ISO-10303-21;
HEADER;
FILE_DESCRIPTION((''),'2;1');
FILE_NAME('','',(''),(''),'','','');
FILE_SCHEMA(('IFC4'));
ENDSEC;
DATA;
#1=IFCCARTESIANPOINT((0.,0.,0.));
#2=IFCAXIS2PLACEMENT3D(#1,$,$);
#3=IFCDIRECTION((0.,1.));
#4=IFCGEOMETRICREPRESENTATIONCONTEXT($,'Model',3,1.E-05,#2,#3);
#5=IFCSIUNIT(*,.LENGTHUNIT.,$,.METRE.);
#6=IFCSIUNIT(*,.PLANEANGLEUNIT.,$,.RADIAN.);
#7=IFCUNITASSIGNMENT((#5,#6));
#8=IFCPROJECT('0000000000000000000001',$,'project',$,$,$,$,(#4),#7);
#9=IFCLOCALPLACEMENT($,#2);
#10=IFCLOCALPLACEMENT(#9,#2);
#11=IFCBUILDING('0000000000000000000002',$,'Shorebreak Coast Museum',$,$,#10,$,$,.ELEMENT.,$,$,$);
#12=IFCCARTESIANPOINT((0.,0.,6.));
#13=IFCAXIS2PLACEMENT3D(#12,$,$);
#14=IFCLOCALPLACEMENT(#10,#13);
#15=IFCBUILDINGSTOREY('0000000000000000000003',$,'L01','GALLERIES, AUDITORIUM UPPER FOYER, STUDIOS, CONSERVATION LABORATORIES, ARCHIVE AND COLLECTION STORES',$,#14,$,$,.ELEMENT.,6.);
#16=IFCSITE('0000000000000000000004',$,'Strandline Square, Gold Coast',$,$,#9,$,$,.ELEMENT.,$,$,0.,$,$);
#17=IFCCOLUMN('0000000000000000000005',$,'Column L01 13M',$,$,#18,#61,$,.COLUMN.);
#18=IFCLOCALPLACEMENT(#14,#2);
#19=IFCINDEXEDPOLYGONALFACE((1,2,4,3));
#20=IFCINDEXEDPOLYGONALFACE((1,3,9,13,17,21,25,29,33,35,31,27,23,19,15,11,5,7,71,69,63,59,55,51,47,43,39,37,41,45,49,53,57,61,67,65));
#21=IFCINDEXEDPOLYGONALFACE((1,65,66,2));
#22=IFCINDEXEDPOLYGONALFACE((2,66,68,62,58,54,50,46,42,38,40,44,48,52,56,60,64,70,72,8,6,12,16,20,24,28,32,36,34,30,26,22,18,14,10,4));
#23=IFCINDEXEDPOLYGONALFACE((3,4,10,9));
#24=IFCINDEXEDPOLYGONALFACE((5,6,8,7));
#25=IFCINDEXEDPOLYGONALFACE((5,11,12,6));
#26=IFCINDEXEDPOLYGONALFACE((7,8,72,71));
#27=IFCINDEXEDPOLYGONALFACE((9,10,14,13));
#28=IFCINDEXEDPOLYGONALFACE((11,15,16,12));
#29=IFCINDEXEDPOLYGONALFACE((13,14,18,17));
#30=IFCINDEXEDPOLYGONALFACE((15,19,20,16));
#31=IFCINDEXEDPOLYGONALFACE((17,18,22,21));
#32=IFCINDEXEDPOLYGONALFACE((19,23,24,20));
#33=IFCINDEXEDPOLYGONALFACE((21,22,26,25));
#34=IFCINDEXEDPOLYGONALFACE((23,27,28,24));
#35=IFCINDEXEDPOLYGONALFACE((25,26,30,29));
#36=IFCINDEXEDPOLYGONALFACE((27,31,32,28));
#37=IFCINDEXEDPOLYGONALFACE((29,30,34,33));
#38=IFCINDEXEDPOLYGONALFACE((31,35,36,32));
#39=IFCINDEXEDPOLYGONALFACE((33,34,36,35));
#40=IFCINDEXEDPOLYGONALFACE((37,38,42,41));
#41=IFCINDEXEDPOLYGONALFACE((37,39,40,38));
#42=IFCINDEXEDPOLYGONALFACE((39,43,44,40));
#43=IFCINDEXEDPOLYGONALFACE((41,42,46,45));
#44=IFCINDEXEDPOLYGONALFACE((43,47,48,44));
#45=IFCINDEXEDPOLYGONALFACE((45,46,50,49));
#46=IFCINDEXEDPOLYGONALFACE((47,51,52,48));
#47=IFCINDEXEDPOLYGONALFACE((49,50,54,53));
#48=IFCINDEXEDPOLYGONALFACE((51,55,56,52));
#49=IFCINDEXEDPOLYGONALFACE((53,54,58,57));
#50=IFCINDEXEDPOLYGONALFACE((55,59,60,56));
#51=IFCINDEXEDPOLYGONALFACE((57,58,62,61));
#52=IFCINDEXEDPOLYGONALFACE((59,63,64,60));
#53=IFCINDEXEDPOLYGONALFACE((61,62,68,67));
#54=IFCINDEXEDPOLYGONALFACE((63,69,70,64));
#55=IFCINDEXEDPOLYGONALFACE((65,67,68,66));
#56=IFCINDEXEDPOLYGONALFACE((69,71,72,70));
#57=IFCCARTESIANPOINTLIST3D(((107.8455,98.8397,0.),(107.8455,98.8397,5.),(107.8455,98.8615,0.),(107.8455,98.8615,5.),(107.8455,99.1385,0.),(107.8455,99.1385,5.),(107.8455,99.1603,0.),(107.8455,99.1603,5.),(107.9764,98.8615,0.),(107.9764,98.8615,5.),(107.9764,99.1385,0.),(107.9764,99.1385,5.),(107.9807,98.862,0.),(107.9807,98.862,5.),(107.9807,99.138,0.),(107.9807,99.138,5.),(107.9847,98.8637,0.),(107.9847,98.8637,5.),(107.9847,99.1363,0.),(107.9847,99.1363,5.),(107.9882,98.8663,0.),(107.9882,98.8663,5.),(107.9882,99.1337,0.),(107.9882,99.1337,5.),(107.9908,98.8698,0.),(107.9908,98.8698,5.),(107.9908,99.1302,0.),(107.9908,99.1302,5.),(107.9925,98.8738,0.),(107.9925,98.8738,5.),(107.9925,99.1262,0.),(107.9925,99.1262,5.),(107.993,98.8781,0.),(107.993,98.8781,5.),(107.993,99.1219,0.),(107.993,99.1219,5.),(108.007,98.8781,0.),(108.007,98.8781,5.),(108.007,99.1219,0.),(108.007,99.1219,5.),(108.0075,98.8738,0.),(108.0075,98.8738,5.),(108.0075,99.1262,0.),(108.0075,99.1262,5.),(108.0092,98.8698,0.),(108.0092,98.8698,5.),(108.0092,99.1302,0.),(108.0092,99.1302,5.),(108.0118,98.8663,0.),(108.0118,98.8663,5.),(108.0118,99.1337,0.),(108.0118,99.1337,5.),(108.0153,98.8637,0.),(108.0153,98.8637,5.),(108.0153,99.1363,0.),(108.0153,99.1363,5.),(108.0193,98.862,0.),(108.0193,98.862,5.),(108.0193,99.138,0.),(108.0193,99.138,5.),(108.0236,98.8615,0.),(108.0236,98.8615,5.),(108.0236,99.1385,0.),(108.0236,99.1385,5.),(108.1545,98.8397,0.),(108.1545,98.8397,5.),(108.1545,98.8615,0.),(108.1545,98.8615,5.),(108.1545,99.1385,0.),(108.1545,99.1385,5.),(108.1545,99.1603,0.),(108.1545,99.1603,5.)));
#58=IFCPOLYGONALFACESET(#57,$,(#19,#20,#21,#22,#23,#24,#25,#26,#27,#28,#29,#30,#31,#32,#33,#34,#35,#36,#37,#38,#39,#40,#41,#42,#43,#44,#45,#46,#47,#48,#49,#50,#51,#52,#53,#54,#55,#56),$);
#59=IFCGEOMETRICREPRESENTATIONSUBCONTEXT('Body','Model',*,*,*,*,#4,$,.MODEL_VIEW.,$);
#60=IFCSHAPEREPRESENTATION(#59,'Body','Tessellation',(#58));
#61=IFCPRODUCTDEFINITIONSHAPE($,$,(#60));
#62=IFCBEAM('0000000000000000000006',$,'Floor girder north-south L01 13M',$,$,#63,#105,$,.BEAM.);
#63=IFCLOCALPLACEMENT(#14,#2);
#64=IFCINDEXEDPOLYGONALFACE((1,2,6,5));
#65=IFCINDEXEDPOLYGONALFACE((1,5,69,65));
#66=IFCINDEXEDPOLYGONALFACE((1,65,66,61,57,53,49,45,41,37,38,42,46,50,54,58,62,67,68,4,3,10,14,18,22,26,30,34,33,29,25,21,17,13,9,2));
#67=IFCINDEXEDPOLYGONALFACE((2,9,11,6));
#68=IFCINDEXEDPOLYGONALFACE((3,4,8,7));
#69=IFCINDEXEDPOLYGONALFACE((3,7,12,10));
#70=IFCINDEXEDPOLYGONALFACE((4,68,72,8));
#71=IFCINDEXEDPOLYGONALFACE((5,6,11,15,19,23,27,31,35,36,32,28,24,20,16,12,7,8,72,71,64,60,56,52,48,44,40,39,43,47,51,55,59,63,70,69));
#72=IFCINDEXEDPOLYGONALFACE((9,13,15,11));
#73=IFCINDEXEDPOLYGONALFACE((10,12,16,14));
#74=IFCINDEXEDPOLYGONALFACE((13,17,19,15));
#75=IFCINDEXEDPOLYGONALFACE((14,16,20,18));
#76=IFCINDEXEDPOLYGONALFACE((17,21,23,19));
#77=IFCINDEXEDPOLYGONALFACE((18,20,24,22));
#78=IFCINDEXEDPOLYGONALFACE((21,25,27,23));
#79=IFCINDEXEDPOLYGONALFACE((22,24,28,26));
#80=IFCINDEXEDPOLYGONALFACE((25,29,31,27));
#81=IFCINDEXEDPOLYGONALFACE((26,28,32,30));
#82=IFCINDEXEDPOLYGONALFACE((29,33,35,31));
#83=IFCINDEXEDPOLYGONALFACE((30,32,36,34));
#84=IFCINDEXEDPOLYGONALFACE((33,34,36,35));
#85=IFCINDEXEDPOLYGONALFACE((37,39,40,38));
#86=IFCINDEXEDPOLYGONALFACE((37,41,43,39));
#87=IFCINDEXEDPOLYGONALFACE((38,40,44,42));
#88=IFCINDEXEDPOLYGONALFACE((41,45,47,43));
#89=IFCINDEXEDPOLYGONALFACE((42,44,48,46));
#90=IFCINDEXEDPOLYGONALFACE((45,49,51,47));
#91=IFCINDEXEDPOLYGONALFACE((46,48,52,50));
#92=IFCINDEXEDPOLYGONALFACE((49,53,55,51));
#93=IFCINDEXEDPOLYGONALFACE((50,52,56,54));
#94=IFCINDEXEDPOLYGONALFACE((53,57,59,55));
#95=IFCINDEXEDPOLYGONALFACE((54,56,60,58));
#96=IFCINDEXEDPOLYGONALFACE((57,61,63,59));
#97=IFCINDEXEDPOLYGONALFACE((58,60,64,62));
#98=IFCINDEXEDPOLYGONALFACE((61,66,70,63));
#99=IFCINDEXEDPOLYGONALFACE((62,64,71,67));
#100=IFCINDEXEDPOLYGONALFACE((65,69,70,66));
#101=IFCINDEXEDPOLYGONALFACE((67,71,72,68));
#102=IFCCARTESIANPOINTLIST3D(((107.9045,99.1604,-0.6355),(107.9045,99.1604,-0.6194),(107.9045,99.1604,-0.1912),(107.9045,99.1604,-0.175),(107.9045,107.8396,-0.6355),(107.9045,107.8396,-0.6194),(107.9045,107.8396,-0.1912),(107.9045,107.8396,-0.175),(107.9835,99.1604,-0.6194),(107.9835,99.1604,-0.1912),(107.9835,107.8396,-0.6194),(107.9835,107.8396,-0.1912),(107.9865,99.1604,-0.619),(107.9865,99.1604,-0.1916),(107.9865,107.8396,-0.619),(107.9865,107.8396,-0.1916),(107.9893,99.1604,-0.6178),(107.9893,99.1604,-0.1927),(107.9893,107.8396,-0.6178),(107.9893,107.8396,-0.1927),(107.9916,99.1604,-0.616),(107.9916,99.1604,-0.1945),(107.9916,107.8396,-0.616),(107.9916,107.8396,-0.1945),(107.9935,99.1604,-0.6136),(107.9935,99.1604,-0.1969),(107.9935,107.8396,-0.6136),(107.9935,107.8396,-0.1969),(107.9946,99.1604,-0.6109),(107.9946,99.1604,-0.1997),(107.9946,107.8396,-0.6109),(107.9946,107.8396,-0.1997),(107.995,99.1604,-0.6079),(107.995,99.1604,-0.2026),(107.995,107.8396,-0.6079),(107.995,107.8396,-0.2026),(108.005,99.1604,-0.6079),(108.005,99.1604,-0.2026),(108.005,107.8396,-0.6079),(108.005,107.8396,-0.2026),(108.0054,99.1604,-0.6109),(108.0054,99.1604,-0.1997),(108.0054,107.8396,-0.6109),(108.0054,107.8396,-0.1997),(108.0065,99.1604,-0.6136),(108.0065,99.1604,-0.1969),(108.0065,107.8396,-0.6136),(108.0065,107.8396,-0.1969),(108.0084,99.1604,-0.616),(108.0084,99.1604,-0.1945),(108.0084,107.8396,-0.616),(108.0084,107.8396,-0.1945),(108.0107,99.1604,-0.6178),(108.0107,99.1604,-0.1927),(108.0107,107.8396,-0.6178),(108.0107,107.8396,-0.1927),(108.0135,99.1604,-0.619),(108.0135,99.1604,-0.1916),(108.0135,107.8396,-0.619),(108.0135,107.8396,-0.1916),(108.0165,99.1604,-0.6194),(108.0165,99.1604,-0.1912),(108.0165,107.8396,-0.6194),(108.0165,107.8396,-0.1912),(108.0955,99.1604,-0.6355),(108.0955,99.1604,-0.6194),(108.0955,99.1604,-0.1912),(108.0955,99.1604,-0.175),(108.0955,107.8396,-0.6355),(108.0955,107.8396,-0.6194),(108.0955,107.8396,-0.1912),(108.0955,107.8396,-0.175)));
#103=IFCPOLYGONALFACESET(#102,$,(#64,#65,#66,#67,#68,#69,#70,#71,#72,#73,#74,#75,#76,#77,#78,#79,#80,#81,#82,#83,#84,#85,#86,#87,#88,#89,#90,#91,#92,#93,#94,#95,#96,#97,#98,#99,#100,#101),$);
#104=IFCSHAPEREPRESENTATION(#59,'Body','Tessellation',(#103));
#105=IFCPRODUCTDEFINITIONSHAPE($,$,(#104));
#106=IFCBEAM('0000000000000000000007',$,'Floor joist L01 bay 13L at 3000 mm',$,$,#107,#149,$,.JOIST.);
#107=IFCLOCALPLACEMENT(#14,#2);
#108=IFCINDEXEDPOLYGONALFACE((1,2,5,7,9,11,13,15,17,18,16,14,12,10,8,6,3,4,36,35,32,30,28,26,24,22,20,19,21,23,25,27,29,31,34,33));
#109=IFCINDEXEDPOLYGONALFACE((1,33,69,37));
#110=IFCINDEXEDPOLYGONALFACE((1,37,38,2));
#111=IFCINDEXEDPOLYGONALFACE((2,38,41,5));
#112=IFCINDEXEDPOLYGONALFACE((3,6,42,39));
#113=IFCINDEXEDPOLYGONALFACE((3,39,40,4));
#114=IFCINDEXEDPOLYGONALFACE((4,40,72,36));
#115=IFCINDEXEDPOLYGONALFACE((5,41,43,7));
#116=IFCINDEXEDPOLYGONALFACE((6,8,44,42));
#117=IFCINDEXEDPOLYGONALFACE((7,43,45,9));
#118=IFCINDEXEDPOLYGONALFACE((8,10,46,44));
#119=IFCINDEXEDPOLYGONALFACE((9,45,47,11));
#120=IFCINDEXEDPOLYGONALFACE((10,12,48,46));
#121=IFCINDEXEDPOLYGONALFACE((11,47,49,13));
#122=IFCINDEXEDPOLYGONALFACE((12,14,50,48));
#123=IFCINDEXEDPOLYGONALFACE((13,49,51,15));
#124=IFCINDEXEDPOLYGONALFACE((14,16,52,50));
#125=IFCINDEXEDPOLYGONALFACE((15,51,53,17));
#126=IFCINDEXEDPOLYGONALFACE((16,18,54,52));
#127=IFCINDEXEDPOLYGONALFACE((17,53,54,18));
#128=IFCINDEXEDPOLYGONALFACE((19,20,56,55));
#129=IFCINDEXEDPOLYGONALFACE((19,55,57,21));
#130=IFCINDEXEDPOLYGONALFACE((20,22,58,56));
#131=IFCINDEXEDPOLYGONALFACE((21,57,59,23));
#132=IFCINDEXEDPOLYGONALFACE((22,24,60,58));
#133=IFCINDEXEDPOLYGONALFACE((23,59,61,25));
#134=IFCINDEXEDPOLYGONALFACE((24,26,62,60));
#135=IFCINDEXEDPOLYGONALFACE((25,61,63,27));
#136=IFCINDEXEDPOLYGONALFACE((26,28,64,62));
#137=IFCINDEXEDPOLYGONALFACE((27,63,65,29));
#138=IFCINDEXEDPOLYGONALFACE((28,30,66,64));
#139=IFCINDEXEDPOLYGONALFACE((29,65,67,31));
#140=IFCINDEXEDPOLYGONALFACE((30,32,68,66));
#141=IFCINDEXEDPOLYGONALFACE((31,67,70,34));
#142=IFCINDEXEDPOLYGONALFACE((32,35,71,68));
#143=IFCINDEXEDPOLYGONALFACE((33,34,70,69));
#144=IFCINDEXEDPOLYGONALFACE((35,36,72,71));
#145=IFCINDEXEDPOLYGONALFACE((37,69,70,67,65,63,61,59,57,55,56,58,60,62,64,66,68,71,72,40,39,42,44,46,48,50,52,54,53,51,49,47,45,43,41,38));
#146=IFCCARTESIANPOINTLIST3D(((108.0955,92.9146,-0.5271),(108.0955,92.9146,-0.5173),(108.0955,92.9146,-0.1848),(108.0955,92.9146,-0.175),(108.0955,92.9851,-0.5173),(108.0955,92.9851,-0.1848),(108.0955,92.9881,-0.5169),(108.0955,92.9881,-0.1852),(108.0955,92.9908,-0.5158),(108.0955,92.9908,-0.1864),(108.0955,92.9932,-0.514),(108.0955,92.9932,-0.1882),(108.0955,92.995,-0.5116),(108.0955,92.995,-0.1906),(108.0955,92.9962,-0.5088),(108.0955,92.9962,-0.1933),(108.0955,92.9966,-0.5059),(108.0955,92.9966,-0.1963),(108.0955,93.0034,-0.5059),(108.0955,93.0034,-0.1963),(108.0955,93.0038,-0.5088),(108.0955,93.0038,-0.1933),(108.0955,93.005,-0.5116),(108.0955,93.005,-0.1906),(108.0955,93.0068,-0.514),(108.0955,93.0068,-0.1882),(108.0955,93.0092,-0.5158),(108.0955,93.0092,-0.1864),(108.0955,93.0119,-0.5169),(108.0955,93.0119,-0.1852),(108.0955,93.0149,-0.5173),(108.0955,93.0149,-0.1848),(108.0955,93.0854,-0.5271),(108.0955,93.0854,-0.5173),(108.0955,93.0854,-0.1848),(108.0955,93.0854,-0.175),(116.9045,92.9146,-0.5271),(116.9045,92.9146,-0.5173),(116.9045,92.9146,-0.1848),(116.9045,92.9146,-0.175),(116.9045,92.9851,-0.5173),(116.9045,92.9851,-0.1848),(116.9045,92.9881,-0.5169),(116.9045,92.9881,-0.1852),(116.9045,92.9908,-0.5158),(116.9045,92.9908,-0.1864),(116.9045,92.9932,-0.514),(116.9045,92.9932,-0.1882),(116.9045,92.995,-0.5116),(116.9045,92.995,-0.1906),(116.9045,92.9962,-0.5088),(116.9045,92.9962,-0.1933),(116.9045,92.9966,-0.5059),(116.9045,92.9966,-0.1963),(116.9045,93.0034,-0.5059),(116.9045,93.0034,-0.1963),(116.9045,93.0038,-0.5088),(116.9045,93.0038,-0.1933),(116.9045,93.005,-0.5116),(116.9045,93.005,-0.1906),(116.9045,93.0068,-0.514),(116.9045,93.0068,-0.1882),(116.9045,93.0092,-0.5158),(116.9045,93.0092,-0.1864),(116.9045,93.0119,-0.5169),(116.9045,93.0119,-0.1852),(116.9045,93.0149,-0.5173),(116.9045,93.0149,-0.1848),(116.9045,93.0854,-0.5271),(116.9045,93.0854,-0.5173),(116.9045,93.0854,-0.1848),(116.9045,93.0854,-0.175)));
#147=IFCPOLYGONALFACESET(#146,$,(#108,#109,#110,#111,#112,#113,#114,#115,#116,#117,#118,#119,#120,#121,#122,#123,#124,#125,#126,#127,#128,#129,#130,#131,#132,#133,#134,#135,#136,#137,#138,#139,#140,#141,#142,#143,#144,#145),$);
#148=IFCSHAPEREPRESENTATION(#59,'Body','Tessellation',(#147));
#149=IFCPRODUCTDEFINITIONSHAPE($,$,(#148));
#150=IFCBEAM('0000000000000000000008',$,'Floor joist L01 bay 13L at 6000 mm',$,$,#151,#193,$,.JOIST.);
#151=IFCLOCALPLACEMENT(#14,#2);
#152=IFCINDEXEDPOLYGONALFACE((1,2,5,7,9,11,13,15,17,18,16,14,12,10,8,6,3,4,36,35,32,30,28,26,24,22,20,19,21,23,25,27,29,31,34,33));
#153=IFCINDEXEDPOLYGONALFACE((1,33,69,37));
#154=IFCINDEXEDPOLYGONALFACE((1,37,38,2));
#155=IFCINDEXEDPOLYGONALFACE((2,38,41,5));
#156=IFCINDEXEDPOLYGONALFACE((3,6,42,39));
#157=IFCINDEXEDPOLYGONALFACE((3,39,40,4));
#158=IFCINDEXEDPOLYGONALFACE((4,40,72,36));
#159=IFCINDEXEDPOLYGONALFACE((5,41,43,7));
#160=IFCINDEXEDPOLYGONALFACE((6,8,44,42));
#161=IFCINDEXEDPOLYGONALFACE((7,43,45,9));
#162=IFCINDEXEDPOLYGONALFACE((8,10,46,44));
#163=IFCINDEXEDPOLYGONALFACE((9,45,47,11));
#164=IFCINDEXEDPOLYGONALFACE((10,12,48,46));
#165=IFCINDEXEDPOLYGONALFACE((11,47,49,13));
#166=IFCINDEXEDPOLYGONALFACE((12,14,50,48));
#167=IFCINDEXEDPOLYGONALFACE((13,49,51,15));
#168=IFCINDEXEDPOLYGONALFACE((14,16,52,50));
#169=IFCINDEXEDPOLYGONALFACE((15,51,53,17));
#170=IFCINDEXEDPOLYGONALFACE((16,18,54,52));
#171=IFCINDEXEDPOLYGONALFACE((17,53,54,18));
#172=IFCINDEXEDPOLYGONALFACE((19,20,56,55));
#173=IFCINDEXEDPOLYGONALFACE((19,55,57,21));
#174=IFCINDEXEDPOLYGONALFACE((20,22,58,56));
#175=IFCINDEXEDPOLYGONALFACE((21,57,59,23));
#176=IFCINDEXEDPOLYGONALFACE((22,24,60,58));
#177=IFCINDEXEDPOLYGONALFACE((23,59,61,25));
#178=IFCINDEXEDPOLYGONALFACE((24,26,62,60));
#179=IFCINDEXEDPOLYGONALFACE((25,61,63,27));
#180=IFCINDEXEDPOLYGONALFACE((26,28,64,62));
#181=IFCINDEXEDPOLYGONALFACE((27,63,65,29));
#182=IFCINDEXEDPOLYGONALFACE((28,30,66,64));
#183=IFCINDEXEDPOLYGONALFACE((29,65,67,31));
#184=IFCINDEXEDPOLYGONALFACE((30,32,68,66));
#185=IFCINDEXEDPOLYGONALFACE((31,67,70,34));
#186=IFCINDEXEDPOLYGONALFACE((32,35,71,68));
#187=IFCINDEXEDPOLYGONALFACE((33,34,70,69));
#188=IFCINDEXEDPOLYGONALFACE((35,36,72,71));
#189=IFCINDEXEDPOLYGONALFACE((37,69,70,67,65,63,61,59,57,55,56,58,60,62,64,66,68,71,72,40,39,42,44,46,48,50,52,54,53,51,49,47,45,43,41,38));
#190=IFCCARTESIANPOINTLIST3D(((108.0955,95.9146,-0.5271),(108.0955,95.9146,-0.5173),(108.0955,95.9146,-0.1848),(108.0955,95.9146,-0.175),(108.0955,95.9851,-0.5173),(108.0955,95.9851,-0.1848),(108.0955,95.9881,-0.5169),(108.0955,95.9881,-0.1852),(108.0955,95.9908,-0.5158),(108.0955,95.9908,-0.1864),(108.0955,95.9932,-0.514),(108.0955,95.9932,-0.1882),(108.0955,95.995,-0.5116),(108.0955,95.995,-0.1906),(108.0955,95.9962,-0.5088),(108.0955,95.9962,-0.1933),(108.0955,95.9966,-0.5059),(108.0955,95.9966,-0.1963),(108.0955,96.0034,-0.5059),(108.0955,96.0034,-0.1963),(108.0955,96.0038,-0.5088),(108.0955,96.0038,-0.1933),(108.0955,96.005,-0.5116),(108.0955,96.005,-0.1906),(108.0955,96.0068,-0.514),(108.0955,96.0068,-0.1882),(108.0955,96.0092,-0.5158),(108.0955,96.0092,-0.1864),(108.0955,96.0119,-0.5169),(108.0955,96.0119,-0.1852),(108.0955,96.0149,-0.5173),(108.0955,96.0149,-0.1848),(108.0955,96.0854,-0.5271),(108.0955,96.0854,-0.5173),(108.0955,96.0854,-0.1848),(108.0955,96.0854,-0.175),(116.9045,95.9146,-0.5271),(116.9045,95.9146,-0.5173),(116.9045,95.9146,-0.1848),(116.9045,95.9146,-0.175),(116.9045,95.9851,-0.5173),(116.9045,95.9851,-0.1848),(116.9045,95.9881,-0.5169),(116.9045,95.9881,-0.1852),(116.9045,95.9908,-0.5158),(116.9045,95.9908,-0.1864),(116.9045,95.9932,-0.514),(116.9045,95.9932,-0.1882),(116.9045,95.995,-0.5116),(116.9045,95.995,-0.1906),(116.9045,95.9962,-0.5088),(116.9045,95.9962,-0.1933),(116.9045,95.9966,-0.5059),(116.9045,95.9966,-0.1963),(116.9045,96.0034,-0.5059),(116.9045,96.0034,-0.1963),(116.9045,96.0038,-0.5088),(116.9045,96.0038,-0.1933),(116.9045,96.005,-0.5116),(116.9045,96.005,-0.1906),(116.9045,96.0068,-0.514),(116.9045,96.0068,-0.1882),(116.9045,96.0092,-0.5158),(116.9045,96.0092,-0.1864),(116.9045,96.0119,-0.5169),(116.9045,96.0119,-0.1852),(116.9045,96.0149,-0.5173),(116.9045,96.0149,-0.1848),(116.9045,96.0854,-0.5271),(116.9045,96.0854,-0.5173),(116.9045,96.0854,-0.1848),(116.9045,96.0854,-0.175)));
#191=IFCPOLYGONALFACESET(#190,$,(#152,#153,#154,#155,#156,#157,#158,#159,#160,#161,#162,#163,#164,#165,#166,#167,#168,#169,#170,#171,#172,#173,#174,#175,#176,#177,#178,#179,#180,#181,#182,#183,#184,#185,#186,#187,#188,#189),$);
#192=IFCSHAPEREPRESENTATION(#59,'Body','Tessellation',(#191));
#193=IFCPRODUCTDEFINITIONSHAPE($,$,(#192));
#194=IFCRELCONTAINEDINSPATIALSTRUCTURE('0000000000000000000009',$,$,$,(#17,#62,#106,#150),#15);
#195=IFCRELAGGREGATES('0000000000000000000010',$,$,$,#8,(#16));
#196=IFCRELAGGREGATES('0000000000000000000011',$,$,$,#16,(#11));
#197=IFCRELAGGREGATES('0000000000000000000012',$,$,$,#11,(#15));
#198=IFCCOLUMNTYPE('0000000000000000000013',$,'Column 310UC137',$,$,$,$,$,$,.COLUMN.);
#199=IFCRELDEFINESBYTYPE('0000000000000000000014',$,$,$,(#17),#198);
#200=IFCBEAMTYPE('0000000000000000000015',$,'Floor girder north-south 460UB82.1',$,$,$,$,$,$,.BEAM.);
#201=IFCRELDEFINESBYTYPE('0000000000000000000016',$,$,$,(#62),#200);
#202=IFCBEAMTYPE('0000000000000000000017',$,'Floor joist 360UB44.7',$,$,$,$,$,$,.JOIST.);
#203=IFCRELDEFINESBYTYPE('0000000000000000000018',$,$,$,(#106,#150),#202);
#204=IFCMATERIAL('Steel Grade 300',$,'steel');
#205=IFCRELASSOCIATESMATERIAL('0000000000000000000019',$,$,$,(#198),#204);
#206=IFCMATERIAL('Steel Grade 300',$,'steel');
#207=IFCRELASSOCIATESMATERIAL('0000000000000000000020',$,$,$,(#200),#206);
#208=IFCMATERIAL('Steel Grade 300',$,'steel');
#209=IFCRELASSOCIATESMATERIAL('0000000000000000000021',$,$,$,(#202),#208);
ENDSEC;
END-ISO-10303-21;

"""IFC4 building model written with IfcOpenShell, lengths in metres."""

from ifc_helpers import new_model, si_unit, direction, frame, origin, origin_2d, place, context, subcontext, project, spatial, i_section, extrude, material, material_profile, profile_set, type_object, element, save


model = new_model("IFC4")

# Units and contexts
model_context = context("Model", 3, precision=1e-05, world=origin(), true_north=direction((0.0, 1.0)))
body_context = subcontext(model_context, "Body", "Model", "MODEL_VIEW")
ifc_project = project(units=[si_unit("LENGTHUNIT", "METRE"), si_unit("PLANEANGLEUNIT", "RADIAN")], contexts=[model_context])

# Site, building, storey
site_placement = place(None, origin())
site = spatial("IfcSite", under=ifc_project, at=site_placement, Name="Strandline Square, Gold Coast", CompositionType="ELEMENT", RefElevation=0.0)
building_placement = place(site_placement, origin())
building = spatial("IfcBuilding", under=site, at=building_placement, Name="Shorebreak Coast Museum", CompositionType="ELEMENT")
storey_placement = place(building_placement, frame((0.0, 0.0, 6.0)))
storey = spatial("IfcBuildingStorey", under=building, at=storey_placement, Name="L01", Description="GALLERIES, AUDITORIUM UPPER FOYER, STUDIOS, CONSERVATION LABORATORIES, ARCHIVE AND COLLECTION STORES", CompositionType="ELEMENT", Elevation=6.0)

# Column
ifc_material_1 = material(Name="Steel Grade 300", Category="steel")
ifc_material_profile_1 = material_profile(ifc_material_1, i_section(OverallWidth=0.3091, OverallDepth=0.3206, WebThickness=0.0139, FlangeThickness=0.0217, FilletRadius=0.0166, at=origin_2d()), Name="310UC137")
ifc_profile_set_1 = profile_set([ifc_material_profile_1], Name="Steel Grade 300")
column_type = type_object("IfcColumnType", Name="Column 310UC137", PredefinedType="COLUMN", material=ifc_profile_set_1)
column_placement = place(storey_placement, frame((108.0, 99.0, 0.0), z_axis=(0.0, 0.0, 1.0), x_axis=(1.0, 0.0, 0.0)))
element("IfcColumn", 1, at=column_placement, inside=storey, type_object=column_type, Name="Column L01 13M", PredefinedType="COLUMN", context=body_context, shape_type="SweptSolid", body=[
    extrude(i_section(OverallWidth=0.3091, OverallDepth=0.3206, WebThickness=0.0139, FlangeThickness=0.0217, FilletRadius=0.0166, at=origin_2d()), origin(), (0.0, 0.0, 1.0), 5.0),
])

# Beams
ifc_material_2 = material(Name="Steel Grade 300", Category="steel")
ifc_material_profile_2 = material_profile(ifc_material_2, i_section(OverallWidth=0.1909, OverallDepth=0.4604, WebThickness=0.01, FlangeThickness=0.0161, FilletRadius=0.0115, at=origin_2d()), Name="460UB82.1")
ifc_profile_set_2 = profile_set([ifc_material_profile_2], Name="Steel Grade 300")
beam_type_1 = type_object("IfcBeamType", Name="Floor girder north-south 460UB82.1", PredefinedType="BEAM", material=ifc_profile_set_2)
beam_placement = place(storey_placement, frame((108.0, 99.1604, -0.4053), z_axis=(0.0, 1.0, 0.0), x_axis=(-1.0, 0.0, 0.0)))
element("IfcBeam", 2, at=beam_placement, inside=storey, type_object=beam_type_1, Name="Floor girder north-south L01 13M", PredefinedType="BEAM", context=body_context, shape_type="SweptSolid", body=[
    extrude(i_section(OverallWidth=0.1909, OverallDepth=0.4604, WebThickness=0.01, FlangeThickness=0.0161, FilletRadius=0.0115, at=origin_2d()), origin(), (0.0, 0.0, 1.0), 8.6792),
])
ifc_material_3 = material(Name="Steel Grade 300", Category="steel")
ifc_material_profile_3 = material_profile(ifc_material_3, i_section(OverallWidth=0.1709, OverallDepth=0.3521, WebThickness=0.0068, FlangeThickness=0.0098, FilletRadius=0.0115, at=origin_2d()), Name="360UB44.7")
ifc_profile_set_3 = profile_set([ifc_material_profile_3], Name="Steel Grade 300")
beam_type_2 = type_object("IfcBeamType", Name="Floor joist 360UB44.7", PredefinedType="JOIST", material=ifc_profile_set_3)
for number, where, z_axis, x_axis, name in (
    (3, (108.0955, 93.0, -0.3511), (1.0, 0.0, 0.0), (0.0, 1.0, 0.0), "Floor joist L01 bay 13L at 3000 mm"),
    (4, (108.0955, 96.0, -0.3511), (1.0, 0.0, 0.0), (0.0, 1.0, 0.0), "Floor joist L01 bay 13L at 6000 mm"),
):
    element("IfcBeam", number, at=place(storey_placement, frame(where, z_axis=z_axis, x_axis=x_axis)), inside=storey, type_object=beam_type_2, Name=name, PredefinedType="JOIST", context=body_context, shape_type="SweptSolid", body=[
        extrude(i_section(OverallWidth=0.1709, OverallDepth=0.3521, WebThickness=0.0068, FlangeThickness=0.0098, FilletRadius=0.0115, at=origin_2d()), origin(), (0.0, 0.0, 1.0), 8.8091),
    ])

save(model, "model.ifc")
